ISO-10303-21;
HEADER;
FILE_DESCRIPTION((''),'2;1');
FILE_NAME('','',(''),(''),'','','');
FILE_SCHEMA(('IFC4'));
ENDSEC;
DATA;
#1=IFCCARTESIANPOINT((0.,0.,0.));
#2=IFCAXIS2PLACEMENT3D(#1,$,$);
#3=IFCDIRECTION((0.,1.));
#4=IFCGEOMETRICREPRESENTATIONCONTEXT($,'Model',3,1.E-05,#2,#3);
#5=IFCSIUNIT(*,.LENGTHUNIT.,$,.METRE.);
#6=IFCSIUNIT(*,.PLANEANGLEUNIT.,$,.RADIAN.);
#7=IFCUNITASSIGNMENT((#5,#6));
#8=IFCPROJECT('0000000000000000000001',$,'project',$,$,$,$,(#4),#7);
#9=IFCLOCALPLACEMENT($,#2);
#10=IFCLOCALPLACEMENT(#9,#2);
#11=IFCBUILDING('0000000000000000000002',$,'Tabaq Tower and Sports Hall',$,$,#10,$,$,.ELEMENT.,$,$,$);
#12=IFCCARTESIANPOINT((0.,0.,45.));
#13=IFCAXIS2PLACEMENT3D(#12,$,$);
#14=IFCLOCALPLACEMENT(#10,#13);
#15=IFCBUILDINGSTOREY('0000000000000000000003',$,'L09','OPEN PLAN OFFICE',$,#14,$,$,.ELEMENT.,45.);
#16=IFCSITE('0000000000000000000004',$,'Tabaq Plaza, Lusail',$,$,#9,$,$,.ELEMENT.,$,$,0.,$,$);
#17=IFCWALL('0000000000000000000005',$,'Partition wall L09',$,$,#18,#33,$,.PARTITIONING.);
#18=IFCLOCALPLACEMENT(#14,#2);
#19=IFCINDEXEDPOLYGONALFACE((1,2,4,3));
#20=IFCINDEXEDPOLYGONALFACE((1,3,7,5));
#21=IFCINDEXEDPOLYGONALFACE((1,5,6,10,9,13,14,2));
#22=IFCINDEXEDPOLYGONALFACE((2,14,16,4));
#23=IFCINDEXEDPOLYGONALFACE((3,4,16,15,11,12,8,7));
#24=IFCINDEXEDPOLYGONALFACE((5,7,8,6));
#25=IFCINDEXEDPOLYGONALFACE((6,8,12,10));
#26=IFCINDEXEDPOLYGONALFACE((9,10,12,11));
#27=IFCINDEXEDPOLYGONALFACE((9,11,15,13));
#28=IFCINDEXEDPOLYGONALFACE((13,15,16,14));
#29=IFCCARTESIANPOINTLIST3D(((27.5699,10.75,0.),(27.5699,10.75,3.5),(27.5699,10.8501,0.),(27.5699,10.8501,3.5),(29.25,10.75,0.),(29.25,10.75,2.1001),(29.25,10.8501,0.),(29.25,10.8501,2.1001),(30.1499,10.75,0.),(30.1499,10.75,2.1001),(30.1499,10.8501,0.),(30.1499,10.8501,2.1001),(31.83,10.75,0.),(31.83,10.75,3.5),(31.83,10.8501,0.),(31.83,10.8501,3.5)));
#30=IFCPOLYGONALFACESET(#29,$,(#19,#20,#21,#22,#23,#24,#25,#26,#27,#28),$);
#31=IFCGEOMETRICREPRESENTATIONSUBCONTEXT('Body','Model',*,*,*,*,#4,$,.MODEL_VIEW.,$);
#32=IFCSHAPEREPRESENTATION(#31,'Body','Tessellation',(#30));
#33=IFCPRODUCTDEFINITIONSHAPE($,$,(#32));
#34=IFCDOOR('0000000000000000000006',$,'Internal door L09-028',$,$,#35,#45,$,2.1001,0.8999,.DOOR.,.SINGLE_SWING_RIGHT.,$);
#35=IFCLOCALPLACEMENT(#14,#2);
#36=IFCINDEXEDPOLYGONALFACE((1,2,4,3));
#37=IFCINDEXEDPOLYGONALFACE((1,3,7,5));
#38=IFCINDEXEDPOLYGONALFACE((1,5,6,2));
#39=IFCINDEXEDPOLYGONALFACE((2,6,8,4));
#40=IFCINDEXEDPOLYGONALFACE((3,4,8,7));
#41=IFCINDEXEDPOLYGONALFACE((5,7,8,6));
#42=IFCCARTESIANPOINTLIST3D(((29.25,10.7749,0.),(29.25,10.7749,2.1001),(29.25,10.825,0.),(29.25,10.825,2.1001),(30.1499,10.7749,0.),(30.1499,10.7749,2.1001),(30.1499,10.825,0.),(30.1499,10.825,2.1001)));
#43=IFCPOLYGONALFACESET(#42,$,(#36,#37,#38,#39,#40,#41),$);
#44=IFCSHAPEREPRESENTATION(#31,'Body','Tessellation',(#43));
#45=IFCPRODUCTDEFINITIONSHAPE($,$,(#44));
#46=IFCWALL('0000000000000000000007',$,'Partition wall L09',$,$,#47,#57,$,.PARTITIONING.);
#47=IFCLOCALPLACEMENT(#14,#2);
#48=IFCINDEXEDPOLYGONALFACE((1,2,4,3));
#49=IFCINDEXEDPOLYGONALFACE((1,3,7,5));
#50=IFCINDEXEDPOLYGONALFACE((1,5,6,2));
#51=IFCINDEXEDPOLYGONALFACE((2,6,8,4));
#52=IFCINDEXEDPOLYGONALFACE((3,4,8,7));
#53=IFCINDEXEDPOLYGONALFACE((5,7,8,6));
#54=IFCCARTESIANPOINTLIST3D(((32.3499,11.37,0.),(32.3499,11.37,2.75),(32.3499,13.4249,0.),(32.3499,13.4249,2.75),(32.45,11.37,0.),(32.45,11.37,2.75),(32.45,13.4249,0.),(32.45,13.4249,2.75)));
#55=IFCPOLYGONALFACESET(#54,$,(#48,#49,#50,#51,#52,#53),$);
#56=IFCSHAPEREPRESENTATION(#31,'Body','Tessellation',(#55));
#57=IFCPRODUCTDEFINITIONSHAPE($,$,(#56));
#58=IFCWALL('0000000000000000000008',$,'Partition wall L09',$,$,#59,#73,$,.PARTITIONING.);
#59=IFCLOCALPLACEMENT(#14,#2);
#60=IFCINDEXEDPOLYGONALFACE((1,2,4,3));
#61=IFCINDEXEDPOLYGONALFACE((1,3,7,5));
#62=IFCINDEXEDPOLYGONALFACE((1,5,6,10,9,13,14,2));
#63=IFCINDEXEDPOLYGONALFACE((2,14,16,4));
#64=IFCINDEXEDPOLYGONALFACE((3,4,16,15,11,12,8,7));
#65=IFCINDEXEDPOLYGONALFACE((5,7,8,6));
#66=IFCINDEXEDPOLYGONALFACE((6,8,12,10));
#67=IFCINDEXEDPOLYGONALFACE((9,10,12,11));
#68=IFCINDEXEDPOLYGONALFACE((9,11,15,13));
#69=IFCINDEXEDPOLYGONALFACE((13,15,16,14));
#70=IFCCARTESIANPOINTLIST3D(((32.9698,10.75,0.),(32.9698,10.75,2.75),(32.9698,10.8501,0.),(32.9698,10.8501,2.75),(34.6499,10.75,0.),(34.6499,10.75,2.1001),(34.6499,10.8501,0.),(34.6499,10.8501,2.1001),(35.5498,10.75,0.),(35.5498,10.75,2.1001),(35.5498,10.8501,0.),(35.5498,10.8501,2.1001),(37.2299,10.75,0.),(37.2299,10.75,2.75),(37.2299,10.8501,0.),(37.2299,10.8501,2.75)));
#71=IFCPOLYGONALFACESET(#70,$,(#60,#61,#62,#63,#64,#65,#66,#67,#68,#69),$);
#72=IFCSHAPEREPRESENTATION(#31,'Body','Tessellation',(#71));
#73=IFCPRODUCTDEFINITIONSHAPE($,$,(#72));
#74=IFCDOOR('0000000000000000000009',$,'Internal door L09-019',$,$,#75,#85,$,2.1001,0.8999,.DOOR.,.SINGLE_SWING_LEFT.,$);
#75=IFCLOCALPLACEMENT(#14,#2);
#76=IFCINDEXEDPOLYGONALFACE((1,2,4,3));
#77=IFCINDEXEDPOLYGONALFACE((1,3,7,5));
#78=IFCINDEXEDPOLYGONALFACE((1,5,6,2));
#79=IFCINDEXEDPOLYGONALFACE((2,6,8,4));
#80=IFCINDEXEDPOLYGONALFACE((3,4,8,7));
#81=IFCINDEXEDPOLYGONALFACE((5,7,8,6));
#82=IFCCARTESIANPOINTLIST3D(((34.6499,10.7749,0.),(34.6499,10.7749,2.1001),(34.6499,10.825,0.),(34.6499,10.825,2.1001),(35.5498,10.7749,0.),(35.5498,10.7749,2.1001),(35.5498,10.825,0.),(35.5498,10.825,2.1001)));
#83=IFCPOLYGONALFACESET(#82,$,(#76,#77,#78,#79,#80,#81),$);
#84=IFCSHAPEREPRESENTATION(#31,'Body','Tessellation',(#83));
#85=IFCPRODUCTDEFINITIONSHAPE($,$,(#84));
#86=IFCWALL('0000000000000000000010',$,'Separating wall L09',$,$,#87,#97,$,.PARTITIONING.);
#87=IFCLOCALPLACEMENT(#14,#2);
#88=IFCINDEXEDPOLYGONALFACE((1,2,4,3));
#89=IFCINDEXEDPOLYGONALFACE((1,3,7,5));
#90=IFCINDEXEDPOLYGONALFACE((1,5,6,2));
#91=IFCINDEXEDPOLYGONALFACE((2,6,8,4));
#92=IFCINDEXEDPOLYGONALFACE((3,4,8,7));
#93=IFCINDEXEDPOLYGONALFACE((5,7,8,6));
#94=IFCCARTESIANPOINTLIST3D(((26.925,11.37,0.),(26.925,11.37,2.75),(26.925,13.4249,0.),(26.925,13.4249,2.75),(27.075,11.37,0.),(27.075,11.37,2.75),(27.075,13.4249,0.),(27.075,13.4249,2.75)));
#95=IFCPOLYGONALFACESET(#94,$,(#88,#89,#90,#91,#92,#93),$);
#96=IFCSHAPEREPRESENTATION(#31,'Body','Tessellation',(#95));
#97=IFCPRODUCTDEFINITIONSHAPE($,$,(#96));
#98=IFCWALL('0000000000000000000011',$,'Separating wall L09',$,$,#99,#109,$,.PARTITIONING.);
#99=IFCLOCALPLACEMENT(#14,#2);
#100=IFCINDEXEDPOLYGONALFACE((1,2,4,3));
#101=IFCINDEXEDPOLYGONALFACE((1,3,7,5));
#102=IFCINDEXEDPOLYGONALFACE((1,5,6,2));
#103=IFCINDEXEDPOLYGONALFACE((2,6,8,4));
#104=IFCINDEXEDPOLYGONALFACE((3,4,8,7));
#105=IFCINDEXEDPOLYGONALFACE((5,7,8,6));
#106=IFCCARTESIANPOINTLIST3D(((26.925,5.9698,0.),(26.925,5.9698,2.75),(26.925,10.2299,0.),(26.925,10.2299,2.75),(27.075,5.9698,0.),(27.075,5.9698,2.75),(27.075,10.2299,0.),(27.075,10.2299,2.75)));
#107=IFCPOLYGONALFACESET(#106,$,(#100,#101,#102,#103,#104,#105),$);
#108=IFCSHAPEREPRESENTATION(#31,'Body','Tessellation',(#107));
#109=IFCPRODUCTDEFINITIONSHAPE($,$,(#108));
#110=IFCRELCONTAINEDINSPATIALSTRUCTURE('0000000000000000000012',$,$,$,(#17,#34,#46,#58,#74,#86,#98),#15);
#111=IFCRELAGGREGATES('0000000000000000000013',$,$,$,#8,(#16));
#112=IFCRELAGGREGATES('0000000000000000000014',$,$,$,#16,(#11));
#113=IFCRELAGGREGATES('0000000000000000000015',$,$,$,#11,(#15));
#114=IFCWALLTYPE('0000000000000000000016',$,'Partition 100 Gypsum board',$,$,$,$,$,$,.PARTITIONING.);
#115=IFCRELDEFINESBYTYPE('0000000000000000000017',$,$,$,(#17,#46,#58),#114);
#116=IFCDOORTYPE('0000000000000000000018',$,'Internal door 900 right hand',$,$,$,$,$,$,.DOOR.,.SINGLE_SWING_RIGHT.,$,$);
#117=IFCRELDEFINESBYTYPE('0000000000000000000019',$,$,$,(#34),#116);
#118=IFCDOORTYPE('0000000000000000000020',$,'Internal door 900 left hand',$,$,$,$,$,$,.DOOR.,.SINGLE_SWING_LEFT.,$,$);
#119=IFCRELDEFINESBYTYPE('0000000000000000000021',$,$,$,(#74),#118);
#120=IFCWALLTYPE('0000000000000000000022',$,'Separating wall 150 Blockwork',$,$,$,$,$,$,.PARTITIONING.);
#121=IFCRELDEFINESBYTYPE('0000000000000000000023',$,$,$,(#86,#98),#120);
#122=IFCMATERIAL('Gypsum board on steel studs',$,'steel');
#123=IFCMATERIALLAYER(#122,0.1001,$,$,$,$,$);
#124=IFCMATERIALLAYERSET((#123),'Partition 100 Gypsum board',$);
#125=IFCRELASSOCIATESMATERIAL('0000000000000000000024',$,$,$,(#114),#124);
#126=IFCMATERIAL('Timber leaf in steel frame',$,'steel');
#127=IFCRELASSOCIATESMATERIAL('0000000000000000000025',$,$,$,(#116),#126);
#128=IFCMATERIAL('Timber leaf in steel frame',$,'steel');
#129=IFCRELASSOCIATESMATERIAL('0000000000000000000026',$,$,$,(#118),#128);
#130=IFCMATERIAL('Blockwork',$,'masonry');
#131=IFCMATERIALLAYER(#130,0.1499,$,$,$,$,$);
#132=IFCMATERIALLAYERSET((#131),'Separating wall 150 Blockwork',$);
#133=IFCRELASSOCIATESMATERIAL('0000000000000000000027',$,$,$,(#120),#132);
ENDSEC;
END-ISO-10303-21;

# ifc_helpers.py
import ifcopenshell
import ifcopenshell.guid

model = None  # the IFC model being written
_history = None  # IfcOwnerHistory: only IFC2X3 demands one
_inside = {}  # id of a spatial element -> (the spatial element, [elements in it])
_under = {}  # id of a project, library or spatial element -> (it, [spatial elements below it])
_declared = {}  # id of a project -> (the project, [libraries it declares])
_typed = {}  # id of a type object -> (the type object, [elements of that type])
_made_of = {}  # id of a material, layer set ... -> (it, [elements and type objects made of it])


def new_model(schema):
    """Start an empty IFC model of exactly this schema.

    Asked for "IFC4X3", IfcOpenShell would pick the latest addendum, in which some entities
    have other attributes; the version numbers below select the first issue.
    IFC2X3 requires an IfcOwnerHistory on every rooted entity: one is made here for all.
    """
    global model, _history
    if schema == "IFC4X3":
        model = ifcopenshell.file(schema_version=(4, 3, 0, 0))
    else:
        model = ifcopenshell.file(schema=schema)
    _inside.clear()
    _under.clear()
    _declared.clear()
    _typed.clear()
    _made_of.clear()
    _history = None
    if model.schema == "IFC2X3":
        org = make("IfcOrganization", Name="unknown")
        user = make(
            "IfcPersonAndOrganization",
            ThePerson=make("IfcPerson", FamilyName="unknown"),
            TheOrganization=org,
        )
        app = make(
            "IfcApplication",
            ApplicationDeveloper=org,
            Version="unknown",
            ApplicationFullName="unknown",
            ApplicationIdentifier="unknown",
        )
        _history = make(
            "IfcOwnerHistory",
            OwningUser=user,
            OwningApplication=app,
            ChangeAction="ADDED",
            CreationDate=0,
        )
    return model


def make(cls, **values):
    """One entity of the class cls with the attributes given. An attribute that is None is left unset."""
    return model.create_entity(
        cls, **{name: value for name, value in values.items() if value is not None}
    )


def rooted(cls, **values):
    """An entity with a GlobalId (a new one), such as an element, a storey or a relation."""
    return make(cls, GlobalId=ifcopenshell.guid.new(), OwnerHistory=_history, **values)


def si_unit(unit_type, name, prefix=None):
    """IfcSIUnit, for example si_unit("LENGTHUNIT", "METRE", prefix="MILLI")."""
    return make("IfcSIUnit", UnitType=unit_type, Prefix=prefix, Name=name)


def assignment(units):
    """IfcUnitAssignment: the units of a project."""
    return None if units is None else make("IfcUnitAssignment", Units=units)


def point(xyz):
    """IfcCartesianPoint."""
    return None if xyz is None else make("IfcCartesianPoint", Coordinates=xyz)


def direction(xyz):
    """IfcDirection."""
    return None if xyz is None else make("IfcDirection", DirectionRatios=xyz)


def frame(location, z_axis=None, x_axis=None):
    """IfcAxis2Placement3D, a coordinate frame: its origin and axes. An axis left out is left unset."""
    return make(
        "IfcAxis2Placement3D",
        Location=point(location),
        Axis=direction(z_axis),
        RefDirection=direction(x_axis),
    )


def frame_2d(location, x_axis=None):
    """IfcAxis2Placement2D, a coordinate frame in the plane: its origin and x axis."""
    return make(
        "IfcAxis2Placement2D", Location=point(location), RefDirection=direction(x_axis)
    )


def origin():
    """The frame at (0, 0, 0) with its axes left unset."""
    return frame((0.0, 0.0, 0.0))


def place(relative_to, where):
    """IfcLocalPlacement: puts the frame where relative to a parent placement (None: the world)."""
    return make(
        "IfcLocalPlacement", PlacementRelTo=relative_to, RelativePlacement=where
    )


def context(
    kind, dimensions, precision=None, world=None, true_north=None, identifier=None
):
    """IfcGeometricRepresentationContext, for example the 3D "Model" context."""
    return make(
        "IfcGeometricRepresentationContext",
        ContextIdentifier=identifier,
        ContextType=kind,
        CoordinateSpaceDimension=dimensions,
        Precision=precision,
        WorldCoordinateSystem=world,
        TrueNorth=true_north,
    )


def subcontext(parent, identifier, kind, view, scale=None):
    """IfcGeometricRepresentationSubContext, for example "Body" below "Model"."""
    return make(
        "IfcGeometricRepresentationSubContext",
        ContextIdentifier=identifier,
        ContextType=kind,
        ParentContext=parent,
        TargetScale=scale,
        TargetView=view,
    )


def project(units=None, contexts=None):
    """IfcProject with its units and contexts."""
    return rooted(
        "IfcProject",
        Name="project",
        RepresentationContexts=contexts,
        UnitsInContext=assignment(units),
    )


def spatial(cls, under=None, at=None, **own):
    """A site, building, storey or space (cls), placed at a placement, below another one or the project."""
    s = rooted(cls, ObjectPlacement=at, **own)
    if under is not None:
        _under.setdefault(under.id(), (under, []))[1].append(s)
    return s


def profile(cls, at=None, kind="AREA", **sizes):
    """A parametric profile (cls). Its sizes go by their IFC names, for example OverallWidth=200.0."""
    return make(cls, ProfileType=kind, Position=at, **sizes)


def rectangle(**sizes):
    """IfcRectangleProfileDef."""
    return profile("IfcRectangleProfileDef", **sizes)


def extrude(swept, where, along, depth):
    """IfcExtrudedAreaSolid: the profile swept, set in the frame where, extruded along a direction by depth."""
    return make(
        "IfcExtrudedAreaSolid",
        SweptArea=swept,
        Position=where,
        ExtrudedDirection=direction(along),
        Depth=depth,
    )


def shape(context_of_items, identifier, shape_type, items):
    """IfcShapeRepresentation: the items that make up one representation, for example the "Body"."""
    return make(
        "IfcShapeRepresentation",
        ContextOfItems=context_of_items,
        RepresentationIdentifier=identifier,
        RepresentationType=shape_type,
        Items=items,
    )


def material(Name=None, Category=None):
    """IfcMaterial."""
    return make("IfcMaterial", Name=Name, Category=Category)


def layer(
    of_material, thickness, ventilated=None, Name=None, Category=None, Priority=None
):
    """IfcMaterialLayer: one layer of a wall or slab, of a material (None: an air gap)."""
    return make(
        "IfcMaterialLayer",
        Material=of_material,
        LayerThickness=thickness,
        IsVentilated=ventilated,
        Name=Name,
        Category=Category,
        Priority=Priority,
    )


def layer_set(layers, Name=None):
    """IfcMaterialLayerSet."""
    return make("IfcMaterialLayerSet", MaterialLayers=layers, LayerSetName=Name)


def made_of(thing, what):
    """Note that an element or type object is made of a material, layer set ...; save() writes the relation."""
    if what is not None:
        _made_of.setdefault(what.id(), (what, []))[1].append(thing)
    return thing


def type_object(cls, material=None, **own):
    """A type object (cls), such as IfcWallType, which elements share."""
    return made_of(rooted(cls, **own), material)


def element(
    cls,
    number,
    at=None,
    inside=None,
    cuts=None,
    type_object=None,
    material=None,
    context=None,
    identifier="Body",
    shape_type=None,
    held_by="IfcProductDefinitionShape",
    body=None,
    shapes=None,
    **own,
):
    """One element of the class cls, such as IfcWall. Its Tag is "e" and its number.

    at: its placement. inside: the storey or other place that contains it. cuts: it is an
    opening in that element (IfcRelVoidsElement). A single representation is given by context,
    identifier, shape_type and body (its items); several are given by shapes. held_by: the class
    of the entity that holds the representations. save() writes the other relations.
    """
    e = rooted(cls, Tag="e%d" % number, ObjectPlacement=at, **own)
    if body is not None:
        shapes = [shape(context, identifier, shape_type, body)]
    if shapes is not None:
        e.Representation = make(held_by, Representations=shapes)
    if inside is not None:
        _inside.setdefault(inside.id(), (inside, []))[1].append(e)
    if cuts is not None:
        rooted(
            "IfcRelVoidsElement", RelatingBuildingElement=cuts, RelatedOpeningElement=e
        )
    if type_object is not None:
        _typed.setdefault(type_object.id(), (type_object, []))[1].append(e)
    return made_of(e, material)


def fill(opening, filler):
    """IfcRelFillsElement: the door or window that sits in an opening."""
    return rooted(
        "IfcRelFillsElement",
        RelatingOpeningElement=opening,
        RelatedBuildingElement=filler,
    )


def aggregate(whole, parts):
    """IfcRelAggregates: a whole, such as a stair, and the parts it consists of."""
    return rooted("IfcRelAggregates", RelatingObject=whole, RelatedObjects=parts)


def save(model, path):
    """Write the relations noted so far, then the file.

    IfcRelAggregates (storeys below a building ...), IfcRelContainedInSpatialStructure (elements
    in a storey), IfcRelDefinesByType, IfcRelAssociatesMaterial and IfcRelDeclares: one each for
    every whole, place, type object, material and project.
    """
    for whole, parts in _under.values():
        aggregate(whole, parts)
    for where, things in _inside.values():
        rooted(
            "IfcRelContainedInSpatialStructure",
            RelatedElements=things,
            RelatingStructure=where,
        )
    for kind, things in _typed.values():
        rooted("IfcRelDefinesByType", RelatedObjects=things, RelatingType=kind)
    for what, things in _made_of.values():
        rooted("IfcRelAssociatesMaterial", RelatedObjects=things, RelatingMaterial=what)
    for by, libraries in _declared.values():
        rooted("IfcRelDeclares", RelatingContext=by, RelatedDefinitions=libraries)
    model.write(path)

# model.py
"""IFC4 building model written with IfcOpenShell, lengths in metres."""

from ifc_helpers import new_model, si_unit, direction, frame, frame_2d, origin, place, context, subcontext, project, spatial, rectangle, extrude, material, layer, layer_set, type_object, element, fill, save


model = new_model("IFC4")

# Units and contexts
model_context = context("Model", 3, precision=1e-05, world=origin(), true_north=direction((0.0, 1.0)))
body_context = subcontext(model_context, "Body", "Model", "MODEL_VIEW")
ifc_project = project(units=[si_unit("LENGTHUNIT", "METRE"), si_unit("PLANEANGLEUNIT", "RADIAN")], contexts=[model_context])

# Site, building, storey
site_placement = place(None, origin())
site = spatial("IfcSite", under=ifc_project, at=site_placement, Name="Tabaq Plaza, Lusail", CompositionType="ELEMENT", RefElevation=0.0)
building_placement = place(site_placement, origin())
building = spatial("IfcBuilding", under=site, at=building_placement, Name="Tabaq Tower and Sports Hall", CompositionType="ELEMENT")
storey_placement = place(building_placement, frame((0.0, 0.0, 45.0)))
storey = spatial("IfcBuildingStorey", under=building, at=storey_placement, Name="L09", Description="OPEN PLAN OFFICE", CompositionType="ELEMENT", Elevation=45.0)

# Wall, opening, door
ifc_material_1 = material(Name="Gypsum board on steel studs", Category="steel")
ifc_layer_1 = layer(ifc_material_1, 0.1001)
ifc_layer_set_1 = layer_set([ifc_layer_1], Name="Partition 100 Gypsum board")
wall_type_1 = type_object("IfcWallType", Name="Partition 100 Gypsum board", PredefinedType="PARTITIONING", material=ifc_layer_set_1)
wall_1_placement = place(storey_placement, frame((27.5701, 10.8, 0.0), z_axis=(0.0, 0.0, 1.0), x_axis=(1.0, 0.0, 0.0)))
wall_1 = element("IfcWall", 1, at=wall_1_placement, inside=storey, type_object=wall_type_1, Name="Partition wall L09", PredefinedType="PARTITIONING", context=body_context, shape_type="SweptSolid", body=[
    extrude(rectangle(XDim=4.26, YDim=0.1001, at=frame_2d((2.1299, 0.0))), origin(), (0.0, 0.0, 1.0), 3.5),
])
opening_1_placement = place(wall_1_placement, frame((1.6799, 0.0, 0.0)))
opening_1 = element("IfcOpeningElement", 2, at=opening_1_placement, cuts=wall_1, PredefinedType="OPENING", context=body_context, shape_type="SweptSolid", body=[
    extrude(rectangle(XDim=0.8999, YDim=2.1001, at=frame_2d((0.45, 1.05))), frame((0.0, 0.05, 0.0), z_axis=(0.0, -1.0, 0.0), x_axis=(1.0, 0.0, 0.0)), (0.0, 0.0, 1.0), 0.1001),
])
ifc_material_2 = material(Name="Timber leaf in steel frame", Category="steel")
door_type_1 = type_object("IfcDoorType", Name="Internal door 900 right hand", OperationType="SINGLE_SWING_RIGHT", PredefinedType="DOOR", material=ifc_material_2)
door_1_placement = place(opening_1_placement, origin())
door_1 = element("IfcDoor", 3, at=door_1_placement, inside=storey, type_object=door_type_1, Name="Internal door L09-028", OperationType="SINGLE_SWING_RIGHT", OverallHeight=2.1001, OverallWidth=0.8999, PredefinedType="DOOR", context=body_context, shape_type="SweptSolid", body=[
    extrude(rectangle(XDim=0.8999, YDim=2.1001, at=frame_2d((0.45, 1.05))), frame((0.0, 0.0249, 0.0), z_axis=(0.0, -1.0, 0.0), x_axis=(1.0, 0.0, 0.0)), (0.0, 0.0, 1.0), 0.05),
])
fill(opening_1, door_1)

# Wall
wall_2_placement = place(storey_placement, frame((32.3999, 11.3701, 0.0), z_axis=(0.0, 0.0, 1.0), x_axis=(0.0, 1.0, 0.0)))
element("IfcWall", 4, at=wall_2_placement, inside=storey, type_object=wall_type_1, Name="Partition wall L09", PredefinedType="PARTITIONING", context=body_context, shape_type="SweptSolid", body=[
    extrude(rectangle(XDim=2.0549, YDim=0.1001, at=frame_2d((1.0273, 0.0))), origin(), (0.0, 0.0, 1.0), 2.75),
])

# Wall, opening, door
wall_3_placement = place(storey_placement, frame((32.97, 10.8, 0.0), z_axis=(0.0, 0.0, 1.0), x_axis=(1.0, 0.0, 0.0)))
wall_3 = element("IfcWall", 5, at=wall_3_placement, inside=storey, type_object=wall_type_1, Name="Partition wall L09", PredefinedType="PARTITIONING", context=body_context, shape_type="SweptSolid", body=[
    extrude(rectangle(XDim=4.26, YDim=0.1001, at=frame_2d((2.1299, 0.0))), origin(), (0.0, 0.0, 1.0), 2.75),
])
opening_2_placement = place(wall_3_placement, frame((1.6799, 0.0, 0.0)))
opening_2 = element("IfcOpeningElement", 6, at=opening_2_placement, cuts=wall_3, PredefinedType="OPENING", context=body_context, shape_type="SweptSolid", body=[
    extrude(rectangle(XDim=0.8999, YDim=2.1001, at=frame_2d((0.45, 1.05))), frame((0.0, 0.05, 0.0), z_axis=(0.0, -1.0, 0.0), x_axis=(1.0, 0.0, 0.0)), (0.0, 0.0, 1.0), 0.1001),
])
ifc_material_3 = material(Name="Timber leaf in steel frame", Category="steel")
door_type_2 = type_object("IfcDoorType", Name="Internal door 900 left hand", OperationType="SINGLE_SWING_LEFT", PredefinedType="DOOR", material=ifc_material_3)
door_2_placement = place(opening_2_placement, origin())
door_2 = element("IfcDoor", 7, at=door_2_placement, inside=storey, type_object=door_type_2, Name="Internal door L09-019", OperationType="SINGLE_SWING_LEFT", OverallHeight=2.1001, OverallWidth=0.8999, PredefinedType="DOOR", context=body_context, shape_type="SweptSolid", body=[
    extrude(rectangle(XDim=0.8999, YDim=2.1001, at=frame_2d((0.45, 1.05))), frame((0.0, 0.0249, 0.0), z_axis=(0.0, -1.0, 0.0), x_axis=(1.0, 0.0, 0.0)), (0.0, 0.0, 1.0), 0.05),
])
fill(opening_2, door_2)

# Walls
ifc_material_4 = material(Name="Blockwork", Category="masonry")
ifc_layer_2 = layer(ifc_material_4, 0.1499)
ifc_layer_set_2 = layer_set([ifc_layer_2], Name="Separating wall 150 Blockwork")
wall_type_2 = type_object("IfcWallType", Name="Separating wall 150 Blockwork", PredefinedType="PARTITIONING", material=ifc_layer_set_2)
wall_4_placement = place(storey_placement, frame((27.0, 11.3701, 0.0), z_axis=(0.0, 0.0, 1.0), x_axis=(0.0, 1.0, 0.0)))
element("IfcWall", 8, at=wall_4_placement, inside=storey, type_object=wall_type_2, Name="Separating wall L09", PredefinedType="PARTITIONING", context=body_context, shape_type="SweptSolid", body=[
    extrude(rectangle(XDim=2.0549, YDim=0.1499, at=frame_2d((1.0273, 0.0))), origin(), (0.0, 0.0, 1.0), 2.75),
])
wall_5_placement = place(storey_placement, frame((27.0, 5.97, 0.0), z_axis=(0.0, 0.0, 1.0), x_axis=(0.0, 1.0, 0.0)))
element("IfcWall", 9, at=wall_5_placement, inside=storey, type_object=wall_type_2, Name="Separating wall L09", PredefinedType="PARTITIONING", context=body_context, shape_type="SweptSolid", body=[
    extrude(rectangle(XDim=4.26, YDim=0.1499, at=frame_2d((2.1299, 0.0))), origin(), (0.0, 0.0, 1.0), 2.75),
])

save(model, "model.ifc")
